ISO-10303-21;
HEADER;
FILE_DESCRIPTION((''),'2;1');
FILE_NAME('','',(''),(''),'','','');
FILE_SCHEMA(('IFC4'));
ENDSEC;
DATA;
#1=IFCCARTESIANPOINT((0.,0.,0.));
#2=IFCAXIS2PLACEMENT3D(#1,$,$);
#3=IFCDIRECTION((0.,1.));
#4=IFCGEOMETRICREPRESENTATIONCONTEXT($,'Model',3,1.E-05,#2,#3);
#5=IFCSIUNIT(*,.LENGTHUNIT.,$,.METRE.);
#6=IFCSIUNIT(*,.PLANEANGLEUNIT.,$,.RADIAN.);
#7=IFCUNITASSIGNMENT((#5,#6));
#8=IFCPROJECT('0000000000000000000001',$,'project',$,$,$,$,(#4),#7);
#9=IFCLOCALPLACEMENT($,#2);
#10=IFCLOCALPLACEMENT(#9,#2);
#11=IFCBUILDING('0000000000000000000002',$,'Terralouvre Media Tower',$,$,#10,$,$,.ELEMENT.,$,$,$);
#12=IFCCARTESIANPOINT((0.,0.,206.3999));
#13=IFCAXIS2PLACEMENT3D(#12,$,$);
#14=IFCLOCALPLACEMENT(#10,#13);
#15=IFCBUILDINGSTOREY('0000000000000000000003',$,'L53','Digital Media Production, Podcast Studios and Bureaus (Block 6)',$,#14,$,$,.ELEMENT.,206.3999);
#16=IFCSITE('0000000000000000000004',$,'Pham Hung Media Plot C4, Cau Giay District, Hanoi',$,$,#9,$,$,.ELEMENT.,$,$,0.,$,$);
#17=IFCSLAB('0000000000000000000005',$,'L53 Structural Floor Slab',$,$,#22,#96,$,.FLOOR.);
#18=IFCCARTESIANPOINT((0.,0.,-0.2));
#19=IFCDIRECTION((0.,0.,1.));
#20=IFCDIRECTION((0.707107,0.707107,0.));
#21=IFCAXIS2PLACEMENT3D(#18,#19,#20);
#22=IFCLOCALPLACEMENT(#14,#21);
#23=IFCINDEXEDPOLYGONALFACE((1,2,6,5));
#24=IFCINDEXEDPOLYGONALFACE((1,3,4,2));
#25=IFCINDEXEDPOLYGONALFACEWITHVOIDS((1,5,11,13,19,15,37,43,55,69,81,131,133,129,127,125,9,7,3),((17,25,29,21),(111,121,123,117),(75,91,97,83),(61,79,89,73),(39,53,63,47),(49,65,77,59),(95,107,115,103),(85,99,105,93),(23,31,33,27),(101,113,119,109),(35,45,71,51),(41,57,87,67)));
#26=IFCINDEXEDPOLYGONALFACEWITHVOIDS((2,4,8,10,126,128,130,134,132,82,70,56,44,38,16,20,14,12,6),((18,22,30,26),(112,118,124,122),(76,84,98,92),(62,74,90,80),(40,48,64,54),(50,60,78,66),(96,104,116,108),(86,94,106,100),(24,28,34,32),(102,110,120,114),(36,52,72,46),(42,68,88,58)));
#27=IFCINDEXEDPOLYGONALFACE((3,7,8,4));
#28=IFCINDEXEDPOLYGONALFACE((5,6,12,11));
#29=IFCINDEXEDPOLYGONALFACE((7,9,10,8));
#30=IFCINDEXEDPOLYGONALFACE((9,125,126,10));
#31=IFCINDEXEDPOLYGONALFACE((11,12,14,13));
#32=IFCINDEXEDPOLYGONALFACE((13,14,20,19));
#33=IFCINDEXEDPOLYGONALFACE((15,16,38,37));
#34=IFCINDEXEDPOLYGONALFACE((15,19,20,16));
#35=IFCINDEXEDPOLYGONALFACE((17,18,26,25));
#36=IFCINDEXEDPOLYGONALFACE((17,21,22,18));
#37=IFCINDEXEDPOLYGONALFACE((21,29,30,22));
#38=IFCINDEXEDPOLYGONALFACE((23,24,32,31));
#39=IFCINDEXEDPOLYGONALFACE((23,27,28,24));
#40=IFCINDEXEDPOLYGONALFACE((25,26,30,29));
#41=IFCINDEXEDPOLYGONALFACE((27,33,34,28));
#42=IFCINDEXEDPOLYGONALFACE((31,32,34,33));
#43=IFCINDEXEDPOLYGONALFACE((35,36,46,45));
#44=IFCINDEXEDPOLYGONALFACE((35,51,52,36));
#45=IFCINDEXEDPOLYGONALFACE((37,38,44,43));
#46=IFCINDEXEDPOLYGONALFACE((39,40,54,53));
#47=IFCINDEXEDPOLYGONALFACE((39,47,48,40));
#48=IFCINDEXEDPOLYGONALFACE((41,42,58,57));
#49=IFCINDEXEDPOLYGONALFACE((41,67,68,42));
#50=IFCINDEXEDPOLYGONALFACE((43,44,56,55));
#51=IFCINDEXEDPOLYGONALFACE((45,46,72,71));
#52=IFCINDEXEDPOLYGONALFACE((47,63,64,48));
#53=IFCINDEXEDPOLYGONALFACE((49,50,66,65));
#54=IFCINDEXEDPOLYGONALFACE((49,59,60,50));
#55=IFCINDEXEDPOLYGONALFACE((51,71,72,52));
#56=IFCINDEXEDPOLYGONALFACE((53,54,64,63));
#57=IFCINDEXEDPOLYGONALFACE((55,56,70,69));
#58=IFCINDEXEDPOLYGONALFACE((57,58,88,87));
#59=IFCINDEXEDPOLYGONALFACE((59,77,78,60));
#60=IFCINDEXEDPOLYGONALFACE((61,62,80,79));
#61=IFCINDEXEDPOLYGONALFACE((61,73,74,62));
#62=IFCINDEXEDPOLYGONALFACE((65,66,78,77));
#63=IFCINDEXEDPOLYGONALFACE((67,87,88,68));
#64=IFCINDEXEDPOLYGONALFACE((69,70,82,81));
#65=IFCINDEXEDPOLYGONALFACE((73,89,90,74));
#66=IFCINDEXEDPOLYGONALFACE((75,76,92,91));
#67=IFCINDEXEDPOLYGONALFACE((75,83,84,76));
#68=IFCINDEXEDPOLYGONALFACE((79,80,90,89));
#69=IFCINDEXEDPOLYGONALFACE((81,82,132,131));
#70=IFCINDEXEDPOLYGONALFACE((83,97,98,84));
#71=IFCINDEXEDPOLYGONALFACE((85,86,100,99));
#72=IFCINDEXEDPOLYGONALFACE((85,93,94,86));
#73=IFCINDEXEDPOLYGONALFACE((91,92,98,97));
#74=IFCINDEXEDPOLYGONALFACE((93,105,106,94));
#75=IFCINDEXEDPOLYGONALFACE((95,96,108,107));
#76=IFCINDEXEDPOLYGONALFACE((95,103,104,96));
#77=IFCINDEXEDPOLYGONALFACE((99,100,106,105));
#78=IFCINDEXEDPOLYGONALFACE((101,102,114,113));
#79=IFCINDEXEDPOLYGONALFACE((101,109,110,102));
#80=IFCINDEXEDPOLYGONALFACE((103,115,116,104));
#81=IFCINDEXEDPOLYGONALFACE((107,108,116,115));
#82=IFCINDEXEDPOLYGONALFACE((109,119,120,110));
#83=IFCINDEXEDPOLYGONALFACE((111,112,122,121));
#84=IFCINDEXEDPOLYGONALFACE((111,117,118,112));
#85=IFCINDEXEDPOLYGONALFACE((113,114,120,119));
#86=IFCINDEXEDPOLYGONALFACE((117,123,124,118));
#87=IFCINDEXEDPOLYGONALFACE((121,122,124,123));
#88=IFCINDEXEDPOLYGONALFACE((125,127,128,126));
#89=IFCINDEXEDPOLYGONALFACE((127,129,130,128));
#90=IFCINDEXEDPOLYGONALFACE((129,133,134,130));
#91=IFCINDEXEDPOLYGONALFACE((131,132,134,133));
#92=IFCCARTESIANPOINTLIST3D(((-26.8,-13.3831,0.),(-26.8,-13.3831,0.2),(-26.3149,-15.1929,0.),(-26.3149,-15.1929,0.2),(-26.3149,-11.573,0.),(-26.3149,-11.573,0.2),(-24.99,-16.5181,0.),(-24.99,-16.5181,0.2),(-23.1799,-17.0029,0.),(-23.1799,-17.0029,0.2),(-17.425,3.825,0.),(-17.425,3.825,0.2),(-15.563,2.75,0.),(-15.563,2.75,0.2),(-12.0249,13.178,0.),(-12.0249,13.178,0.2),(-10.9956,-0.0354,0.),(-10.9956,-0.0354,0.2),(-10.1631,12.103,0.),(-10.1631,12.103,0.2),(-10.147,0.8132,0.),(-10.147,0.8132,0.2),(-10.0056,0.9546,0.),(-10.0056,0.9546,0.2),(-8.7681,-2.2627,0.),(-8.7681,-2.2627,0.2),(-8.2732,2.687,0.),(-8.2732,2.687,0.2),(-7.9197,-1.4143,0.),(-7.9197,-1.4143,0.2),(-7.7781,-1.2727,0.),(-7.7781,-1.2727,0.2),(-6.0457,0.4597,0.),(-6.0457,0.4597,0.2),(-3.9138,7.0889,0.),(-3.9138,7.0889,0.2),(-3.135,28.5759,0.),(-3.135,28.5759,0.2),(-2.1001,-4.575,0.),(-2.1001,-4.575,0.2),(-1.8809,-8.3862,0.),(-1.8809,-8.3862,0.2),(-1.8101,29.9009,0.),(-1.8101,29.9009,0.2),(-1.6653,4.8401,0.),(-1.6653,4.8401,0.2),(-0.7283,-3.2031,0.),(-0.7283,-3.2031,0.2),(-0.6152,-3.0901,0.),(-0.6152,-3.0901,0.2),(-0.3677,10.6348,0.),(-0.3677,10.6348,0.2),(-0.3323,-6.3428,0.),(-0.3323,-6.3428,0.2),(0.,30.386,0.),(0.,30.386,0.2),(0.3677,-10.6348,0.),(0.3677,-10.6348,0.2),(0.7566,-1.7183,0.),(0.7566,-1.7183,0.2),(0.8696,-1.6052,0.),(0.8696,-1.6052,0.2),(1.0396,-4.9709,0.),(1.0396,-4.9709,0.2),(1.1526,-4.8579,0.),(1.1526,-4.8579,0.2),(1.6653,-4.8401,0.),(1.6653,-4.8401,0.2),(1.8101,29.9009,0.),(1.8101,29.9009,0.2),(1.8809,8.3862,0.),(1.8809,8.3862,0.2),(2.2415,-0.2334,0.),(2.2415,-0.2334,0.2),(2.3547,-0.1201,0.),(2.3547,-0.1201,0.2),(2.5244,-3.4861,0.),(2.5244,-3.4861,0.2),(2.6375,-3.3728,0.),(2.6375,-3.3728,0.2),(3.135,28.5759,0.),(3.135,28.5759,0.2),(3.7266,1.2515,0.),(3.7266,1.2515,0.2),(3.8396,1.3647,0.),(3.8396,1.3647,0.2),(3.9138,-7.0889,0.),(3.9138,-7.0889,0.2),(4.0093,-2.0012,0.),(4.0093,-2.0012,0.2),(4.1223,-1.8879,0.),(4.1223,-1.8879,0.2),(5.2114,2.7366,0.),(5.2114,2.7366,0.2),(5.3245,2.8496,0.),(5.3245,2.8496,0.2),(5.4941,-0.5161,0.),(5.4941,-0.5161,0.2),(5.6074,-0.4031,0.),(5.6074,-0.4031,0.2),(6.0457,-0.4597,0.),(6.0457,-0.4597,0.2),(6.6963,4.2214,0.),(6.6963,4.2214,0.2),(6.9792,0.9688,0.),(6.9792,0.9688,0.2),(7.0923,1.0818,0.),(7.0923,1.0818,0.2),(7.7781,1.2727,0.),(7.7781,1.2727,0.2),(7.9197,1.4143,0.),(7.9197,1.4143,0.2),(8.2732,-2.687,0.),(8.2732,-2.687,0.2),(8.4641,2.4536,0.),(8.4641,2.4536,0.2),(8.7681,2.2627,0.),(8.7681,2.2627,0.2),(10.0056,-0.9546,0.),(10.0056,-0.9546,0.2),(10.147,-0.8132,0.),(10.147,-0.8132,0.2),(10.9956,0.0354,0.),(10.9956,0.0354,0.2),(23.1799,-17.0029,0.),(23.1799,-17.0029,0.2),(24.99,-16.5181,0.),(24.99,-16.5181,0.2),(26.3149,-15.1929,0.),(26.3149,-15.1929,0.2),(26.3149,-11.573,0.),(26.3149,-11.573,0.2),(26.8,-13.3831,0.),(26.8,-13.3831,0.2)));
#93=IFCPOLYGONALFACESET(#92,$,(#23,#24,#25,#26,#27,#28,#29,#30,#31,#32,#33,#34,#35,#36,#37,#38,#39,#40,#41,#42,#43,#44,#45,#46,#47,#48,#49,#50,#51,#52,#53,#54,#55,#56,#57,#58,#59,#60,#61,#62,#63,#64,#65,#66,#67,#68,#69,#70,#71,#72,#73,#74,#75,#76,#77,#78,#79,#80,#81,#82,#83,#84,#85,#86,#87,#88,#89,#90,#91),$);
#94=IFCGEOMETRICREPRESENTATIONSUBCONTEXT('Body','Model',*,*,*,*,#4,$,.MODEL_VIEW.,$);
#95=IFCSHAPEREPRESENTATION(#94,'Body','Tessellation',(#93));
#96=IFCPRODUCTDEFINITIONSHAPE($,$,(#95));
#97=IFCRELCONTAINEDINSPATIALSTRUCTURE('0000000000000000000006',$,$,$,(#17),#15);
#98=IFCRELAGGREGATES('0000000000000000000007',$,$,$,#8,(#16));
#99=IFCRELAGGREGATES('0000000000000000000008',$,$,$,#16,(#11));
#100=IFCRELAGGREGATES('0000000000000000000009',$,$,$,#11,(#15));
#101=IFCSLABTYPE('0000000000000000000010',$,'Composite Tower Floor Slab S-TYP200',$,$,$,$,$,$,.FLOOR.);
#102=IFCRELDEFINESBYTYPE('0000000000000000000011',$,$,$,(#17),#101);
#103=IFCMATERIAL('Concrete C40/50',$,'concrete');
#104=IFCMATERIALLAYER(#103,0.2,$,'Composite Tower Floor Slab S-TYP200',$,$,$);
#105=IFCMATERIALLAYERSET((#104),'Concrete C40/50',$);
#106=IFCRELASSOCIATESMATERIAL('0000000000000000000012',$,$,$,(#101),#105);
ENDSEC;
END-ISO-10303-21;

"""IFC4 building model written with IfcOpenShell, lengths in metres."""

from ifc_helpers import new_model, si_unit, direction, frame, origin, place, context, subcontext, project, spatial, polyline, outline, extrude, material, layer, layer_set, type_object, element, save


model = new_model("IFC4")

# Units and contexts
model_context = context("Model", 3, precision=1e-05, world=origin(), true_north=direction((0.0, 1.0)))
body_context = subcontext(model_context, "Body", "Model", "MODEL_VIEW")
ifc_project = project(units=[si_unit("LENGTHUNIT", "METRE"), si_unit("PLANEANGLEUNIT", "RADIAN")], contexts=[model_context])

# Site, building, storey
site_placement = place(None, origin())
site = spatial("IfcSite", under=ifc_project, at=site_placement, Name="Pham Hung Media Plot C4, Cau Giay District, Hanoi", CompositionType="ELEMENT", RefElevation=0.0)
building_placement = place(site_placement, origin())
building = spatial("IfcBuilding", under=site, at=building_placement, Name="Terralouvre Media Tower", CompositionType="ELEMENT")
storey_placement = place(building_placement, frame((0.0, 0.0, 206.3999)))
storey = spatial("IfcBuildingStorey", under=building, at=storey_placement, Name="L53", Description="Digital Media Production, Podcast Studios and Bureaus (Block 6)", CompositionType="ELEMENT", Elevation=206.3999)

# Slab
ifc_material_1 = material(Name="Concrete C40/50", Category="concrete")
ifc_layer_1 = layer(ifc_material_1, 0.2, Name="Composite Tower Floor Slab S-TYP200")
ifc_layer_set_1 = layer_set([ifc_layer_1], Name="Concrete C40/50")
slab_type = type_object("IfcSlabType", Name="Composite Tower Floor Slab S-TYP200", PredefinedType="FLOOR", material=ifc_layer_set_1)
slab_placement = place(storey_placement, frame((0.0, 0.0, -0.2), z_axis=(0.0, 0.0, 1.0), x_axis=(0.707107, 0.707107, 0.0)))
element("IfcSlab", 1, at=slab_placement, inside=storey, type_object=slab_type, Name="L53 Structural Floor Slab", PredefinedType="FLOOR", context=body_context, shape_type="SweptSolid", body=[
    extrude(outline(polyline([(-3.135, 28.5759), (-12.0249, 13.178), (-10.1631, 12.103), (-15.563, 2.75), (-17.425, 3.825), (-26.3149, -11.573), (-26.8, -13.3831), (-26.3149, -15.1929), (-24.99, -16.5181), (-23.1799, -17.0029), (23.1799, -17.0029), (24.99, -16.5181), (26.3149, -15.1929), (26.8, -13.3831), (26.3149, -11.573), (3.135, 28.5759), (1.8101, 29.9009), (0.0, 30.386), (-1.8101, 29.9009), (-3.135, 28.5759)]), holes=[polyline([(-7.9197, -1.4143), (-8.7681, -2.2627), (-10.9956, -0.0354), (-10.147, 0.8132), (-7.9197, -1.4143)]), polyline([(-7.7781, -1.2727), (-10.0056, 0.9546), (-8.2732, 2.687), (-6.0457, 0.4597), (-7.7781, -1.2727)]), polyline([(4.1223, -1.8879), (2.3547, -0.1201), (3.7266, 1.2515), (5.4941, -0.5161), (4.1223, -1.8879)]), polyline([(6.9792, 0.9688), (5.6074, -0.4031), (3.8396, 1.3647), (5.2114, 2.7366), (6.9792, 0.9688)]), polyline([(-1.6653, 4.8401), (-3.9138, 7.0889), (-0.3677, 10.6348), (1.8809, 8.3862), (-1.6653, 4.8401)]), polyline([(7.0923, 1.0818), (5.3245, 2.8496), (6.6963, 4.2214), (8.4641, 2.4536), (7.0923, 1.0818)]), polyline([(-1.8809, -8.3862), (1.6653, -4.8401), (3.9138, -7.0889), (0.3677, -10.6348), (-1.8809, -8.3862)]), polyline([(-0.3323, -6.3428), (-2.1001, -4.575), (-0.7283, -3.2031), (1.0396, -4.9709), (-0.3323, -6.3428)]), polyline([(1.1526, -4.8579), (-0.6152, -3.0901), (0.7566, -1.7183), (2.5244, -3.4861), (1.1526, -4.8579)]), polyline([(4.0093, -2.0012), (2.6375, -3.3728), (0.8696, -1.6052), (2.2415, -0.2334), (4.0093, -2.0012)]), polyline([(8.2732, -2.687), (6.0457, -0.4597), (7.7781, 1.2727), (10.0056, -0.9546), (8.2732, -2.687)]), polyline([(10.147, -0.8132), (7.9197, 1.4143), (8.7681, 2.2627), (10.9956, 0.0354), (10.147, -0.8132)])]), origin(), (0.0, 0.0, 1.0), 0.2),
])

save(model, "model.ifc")
